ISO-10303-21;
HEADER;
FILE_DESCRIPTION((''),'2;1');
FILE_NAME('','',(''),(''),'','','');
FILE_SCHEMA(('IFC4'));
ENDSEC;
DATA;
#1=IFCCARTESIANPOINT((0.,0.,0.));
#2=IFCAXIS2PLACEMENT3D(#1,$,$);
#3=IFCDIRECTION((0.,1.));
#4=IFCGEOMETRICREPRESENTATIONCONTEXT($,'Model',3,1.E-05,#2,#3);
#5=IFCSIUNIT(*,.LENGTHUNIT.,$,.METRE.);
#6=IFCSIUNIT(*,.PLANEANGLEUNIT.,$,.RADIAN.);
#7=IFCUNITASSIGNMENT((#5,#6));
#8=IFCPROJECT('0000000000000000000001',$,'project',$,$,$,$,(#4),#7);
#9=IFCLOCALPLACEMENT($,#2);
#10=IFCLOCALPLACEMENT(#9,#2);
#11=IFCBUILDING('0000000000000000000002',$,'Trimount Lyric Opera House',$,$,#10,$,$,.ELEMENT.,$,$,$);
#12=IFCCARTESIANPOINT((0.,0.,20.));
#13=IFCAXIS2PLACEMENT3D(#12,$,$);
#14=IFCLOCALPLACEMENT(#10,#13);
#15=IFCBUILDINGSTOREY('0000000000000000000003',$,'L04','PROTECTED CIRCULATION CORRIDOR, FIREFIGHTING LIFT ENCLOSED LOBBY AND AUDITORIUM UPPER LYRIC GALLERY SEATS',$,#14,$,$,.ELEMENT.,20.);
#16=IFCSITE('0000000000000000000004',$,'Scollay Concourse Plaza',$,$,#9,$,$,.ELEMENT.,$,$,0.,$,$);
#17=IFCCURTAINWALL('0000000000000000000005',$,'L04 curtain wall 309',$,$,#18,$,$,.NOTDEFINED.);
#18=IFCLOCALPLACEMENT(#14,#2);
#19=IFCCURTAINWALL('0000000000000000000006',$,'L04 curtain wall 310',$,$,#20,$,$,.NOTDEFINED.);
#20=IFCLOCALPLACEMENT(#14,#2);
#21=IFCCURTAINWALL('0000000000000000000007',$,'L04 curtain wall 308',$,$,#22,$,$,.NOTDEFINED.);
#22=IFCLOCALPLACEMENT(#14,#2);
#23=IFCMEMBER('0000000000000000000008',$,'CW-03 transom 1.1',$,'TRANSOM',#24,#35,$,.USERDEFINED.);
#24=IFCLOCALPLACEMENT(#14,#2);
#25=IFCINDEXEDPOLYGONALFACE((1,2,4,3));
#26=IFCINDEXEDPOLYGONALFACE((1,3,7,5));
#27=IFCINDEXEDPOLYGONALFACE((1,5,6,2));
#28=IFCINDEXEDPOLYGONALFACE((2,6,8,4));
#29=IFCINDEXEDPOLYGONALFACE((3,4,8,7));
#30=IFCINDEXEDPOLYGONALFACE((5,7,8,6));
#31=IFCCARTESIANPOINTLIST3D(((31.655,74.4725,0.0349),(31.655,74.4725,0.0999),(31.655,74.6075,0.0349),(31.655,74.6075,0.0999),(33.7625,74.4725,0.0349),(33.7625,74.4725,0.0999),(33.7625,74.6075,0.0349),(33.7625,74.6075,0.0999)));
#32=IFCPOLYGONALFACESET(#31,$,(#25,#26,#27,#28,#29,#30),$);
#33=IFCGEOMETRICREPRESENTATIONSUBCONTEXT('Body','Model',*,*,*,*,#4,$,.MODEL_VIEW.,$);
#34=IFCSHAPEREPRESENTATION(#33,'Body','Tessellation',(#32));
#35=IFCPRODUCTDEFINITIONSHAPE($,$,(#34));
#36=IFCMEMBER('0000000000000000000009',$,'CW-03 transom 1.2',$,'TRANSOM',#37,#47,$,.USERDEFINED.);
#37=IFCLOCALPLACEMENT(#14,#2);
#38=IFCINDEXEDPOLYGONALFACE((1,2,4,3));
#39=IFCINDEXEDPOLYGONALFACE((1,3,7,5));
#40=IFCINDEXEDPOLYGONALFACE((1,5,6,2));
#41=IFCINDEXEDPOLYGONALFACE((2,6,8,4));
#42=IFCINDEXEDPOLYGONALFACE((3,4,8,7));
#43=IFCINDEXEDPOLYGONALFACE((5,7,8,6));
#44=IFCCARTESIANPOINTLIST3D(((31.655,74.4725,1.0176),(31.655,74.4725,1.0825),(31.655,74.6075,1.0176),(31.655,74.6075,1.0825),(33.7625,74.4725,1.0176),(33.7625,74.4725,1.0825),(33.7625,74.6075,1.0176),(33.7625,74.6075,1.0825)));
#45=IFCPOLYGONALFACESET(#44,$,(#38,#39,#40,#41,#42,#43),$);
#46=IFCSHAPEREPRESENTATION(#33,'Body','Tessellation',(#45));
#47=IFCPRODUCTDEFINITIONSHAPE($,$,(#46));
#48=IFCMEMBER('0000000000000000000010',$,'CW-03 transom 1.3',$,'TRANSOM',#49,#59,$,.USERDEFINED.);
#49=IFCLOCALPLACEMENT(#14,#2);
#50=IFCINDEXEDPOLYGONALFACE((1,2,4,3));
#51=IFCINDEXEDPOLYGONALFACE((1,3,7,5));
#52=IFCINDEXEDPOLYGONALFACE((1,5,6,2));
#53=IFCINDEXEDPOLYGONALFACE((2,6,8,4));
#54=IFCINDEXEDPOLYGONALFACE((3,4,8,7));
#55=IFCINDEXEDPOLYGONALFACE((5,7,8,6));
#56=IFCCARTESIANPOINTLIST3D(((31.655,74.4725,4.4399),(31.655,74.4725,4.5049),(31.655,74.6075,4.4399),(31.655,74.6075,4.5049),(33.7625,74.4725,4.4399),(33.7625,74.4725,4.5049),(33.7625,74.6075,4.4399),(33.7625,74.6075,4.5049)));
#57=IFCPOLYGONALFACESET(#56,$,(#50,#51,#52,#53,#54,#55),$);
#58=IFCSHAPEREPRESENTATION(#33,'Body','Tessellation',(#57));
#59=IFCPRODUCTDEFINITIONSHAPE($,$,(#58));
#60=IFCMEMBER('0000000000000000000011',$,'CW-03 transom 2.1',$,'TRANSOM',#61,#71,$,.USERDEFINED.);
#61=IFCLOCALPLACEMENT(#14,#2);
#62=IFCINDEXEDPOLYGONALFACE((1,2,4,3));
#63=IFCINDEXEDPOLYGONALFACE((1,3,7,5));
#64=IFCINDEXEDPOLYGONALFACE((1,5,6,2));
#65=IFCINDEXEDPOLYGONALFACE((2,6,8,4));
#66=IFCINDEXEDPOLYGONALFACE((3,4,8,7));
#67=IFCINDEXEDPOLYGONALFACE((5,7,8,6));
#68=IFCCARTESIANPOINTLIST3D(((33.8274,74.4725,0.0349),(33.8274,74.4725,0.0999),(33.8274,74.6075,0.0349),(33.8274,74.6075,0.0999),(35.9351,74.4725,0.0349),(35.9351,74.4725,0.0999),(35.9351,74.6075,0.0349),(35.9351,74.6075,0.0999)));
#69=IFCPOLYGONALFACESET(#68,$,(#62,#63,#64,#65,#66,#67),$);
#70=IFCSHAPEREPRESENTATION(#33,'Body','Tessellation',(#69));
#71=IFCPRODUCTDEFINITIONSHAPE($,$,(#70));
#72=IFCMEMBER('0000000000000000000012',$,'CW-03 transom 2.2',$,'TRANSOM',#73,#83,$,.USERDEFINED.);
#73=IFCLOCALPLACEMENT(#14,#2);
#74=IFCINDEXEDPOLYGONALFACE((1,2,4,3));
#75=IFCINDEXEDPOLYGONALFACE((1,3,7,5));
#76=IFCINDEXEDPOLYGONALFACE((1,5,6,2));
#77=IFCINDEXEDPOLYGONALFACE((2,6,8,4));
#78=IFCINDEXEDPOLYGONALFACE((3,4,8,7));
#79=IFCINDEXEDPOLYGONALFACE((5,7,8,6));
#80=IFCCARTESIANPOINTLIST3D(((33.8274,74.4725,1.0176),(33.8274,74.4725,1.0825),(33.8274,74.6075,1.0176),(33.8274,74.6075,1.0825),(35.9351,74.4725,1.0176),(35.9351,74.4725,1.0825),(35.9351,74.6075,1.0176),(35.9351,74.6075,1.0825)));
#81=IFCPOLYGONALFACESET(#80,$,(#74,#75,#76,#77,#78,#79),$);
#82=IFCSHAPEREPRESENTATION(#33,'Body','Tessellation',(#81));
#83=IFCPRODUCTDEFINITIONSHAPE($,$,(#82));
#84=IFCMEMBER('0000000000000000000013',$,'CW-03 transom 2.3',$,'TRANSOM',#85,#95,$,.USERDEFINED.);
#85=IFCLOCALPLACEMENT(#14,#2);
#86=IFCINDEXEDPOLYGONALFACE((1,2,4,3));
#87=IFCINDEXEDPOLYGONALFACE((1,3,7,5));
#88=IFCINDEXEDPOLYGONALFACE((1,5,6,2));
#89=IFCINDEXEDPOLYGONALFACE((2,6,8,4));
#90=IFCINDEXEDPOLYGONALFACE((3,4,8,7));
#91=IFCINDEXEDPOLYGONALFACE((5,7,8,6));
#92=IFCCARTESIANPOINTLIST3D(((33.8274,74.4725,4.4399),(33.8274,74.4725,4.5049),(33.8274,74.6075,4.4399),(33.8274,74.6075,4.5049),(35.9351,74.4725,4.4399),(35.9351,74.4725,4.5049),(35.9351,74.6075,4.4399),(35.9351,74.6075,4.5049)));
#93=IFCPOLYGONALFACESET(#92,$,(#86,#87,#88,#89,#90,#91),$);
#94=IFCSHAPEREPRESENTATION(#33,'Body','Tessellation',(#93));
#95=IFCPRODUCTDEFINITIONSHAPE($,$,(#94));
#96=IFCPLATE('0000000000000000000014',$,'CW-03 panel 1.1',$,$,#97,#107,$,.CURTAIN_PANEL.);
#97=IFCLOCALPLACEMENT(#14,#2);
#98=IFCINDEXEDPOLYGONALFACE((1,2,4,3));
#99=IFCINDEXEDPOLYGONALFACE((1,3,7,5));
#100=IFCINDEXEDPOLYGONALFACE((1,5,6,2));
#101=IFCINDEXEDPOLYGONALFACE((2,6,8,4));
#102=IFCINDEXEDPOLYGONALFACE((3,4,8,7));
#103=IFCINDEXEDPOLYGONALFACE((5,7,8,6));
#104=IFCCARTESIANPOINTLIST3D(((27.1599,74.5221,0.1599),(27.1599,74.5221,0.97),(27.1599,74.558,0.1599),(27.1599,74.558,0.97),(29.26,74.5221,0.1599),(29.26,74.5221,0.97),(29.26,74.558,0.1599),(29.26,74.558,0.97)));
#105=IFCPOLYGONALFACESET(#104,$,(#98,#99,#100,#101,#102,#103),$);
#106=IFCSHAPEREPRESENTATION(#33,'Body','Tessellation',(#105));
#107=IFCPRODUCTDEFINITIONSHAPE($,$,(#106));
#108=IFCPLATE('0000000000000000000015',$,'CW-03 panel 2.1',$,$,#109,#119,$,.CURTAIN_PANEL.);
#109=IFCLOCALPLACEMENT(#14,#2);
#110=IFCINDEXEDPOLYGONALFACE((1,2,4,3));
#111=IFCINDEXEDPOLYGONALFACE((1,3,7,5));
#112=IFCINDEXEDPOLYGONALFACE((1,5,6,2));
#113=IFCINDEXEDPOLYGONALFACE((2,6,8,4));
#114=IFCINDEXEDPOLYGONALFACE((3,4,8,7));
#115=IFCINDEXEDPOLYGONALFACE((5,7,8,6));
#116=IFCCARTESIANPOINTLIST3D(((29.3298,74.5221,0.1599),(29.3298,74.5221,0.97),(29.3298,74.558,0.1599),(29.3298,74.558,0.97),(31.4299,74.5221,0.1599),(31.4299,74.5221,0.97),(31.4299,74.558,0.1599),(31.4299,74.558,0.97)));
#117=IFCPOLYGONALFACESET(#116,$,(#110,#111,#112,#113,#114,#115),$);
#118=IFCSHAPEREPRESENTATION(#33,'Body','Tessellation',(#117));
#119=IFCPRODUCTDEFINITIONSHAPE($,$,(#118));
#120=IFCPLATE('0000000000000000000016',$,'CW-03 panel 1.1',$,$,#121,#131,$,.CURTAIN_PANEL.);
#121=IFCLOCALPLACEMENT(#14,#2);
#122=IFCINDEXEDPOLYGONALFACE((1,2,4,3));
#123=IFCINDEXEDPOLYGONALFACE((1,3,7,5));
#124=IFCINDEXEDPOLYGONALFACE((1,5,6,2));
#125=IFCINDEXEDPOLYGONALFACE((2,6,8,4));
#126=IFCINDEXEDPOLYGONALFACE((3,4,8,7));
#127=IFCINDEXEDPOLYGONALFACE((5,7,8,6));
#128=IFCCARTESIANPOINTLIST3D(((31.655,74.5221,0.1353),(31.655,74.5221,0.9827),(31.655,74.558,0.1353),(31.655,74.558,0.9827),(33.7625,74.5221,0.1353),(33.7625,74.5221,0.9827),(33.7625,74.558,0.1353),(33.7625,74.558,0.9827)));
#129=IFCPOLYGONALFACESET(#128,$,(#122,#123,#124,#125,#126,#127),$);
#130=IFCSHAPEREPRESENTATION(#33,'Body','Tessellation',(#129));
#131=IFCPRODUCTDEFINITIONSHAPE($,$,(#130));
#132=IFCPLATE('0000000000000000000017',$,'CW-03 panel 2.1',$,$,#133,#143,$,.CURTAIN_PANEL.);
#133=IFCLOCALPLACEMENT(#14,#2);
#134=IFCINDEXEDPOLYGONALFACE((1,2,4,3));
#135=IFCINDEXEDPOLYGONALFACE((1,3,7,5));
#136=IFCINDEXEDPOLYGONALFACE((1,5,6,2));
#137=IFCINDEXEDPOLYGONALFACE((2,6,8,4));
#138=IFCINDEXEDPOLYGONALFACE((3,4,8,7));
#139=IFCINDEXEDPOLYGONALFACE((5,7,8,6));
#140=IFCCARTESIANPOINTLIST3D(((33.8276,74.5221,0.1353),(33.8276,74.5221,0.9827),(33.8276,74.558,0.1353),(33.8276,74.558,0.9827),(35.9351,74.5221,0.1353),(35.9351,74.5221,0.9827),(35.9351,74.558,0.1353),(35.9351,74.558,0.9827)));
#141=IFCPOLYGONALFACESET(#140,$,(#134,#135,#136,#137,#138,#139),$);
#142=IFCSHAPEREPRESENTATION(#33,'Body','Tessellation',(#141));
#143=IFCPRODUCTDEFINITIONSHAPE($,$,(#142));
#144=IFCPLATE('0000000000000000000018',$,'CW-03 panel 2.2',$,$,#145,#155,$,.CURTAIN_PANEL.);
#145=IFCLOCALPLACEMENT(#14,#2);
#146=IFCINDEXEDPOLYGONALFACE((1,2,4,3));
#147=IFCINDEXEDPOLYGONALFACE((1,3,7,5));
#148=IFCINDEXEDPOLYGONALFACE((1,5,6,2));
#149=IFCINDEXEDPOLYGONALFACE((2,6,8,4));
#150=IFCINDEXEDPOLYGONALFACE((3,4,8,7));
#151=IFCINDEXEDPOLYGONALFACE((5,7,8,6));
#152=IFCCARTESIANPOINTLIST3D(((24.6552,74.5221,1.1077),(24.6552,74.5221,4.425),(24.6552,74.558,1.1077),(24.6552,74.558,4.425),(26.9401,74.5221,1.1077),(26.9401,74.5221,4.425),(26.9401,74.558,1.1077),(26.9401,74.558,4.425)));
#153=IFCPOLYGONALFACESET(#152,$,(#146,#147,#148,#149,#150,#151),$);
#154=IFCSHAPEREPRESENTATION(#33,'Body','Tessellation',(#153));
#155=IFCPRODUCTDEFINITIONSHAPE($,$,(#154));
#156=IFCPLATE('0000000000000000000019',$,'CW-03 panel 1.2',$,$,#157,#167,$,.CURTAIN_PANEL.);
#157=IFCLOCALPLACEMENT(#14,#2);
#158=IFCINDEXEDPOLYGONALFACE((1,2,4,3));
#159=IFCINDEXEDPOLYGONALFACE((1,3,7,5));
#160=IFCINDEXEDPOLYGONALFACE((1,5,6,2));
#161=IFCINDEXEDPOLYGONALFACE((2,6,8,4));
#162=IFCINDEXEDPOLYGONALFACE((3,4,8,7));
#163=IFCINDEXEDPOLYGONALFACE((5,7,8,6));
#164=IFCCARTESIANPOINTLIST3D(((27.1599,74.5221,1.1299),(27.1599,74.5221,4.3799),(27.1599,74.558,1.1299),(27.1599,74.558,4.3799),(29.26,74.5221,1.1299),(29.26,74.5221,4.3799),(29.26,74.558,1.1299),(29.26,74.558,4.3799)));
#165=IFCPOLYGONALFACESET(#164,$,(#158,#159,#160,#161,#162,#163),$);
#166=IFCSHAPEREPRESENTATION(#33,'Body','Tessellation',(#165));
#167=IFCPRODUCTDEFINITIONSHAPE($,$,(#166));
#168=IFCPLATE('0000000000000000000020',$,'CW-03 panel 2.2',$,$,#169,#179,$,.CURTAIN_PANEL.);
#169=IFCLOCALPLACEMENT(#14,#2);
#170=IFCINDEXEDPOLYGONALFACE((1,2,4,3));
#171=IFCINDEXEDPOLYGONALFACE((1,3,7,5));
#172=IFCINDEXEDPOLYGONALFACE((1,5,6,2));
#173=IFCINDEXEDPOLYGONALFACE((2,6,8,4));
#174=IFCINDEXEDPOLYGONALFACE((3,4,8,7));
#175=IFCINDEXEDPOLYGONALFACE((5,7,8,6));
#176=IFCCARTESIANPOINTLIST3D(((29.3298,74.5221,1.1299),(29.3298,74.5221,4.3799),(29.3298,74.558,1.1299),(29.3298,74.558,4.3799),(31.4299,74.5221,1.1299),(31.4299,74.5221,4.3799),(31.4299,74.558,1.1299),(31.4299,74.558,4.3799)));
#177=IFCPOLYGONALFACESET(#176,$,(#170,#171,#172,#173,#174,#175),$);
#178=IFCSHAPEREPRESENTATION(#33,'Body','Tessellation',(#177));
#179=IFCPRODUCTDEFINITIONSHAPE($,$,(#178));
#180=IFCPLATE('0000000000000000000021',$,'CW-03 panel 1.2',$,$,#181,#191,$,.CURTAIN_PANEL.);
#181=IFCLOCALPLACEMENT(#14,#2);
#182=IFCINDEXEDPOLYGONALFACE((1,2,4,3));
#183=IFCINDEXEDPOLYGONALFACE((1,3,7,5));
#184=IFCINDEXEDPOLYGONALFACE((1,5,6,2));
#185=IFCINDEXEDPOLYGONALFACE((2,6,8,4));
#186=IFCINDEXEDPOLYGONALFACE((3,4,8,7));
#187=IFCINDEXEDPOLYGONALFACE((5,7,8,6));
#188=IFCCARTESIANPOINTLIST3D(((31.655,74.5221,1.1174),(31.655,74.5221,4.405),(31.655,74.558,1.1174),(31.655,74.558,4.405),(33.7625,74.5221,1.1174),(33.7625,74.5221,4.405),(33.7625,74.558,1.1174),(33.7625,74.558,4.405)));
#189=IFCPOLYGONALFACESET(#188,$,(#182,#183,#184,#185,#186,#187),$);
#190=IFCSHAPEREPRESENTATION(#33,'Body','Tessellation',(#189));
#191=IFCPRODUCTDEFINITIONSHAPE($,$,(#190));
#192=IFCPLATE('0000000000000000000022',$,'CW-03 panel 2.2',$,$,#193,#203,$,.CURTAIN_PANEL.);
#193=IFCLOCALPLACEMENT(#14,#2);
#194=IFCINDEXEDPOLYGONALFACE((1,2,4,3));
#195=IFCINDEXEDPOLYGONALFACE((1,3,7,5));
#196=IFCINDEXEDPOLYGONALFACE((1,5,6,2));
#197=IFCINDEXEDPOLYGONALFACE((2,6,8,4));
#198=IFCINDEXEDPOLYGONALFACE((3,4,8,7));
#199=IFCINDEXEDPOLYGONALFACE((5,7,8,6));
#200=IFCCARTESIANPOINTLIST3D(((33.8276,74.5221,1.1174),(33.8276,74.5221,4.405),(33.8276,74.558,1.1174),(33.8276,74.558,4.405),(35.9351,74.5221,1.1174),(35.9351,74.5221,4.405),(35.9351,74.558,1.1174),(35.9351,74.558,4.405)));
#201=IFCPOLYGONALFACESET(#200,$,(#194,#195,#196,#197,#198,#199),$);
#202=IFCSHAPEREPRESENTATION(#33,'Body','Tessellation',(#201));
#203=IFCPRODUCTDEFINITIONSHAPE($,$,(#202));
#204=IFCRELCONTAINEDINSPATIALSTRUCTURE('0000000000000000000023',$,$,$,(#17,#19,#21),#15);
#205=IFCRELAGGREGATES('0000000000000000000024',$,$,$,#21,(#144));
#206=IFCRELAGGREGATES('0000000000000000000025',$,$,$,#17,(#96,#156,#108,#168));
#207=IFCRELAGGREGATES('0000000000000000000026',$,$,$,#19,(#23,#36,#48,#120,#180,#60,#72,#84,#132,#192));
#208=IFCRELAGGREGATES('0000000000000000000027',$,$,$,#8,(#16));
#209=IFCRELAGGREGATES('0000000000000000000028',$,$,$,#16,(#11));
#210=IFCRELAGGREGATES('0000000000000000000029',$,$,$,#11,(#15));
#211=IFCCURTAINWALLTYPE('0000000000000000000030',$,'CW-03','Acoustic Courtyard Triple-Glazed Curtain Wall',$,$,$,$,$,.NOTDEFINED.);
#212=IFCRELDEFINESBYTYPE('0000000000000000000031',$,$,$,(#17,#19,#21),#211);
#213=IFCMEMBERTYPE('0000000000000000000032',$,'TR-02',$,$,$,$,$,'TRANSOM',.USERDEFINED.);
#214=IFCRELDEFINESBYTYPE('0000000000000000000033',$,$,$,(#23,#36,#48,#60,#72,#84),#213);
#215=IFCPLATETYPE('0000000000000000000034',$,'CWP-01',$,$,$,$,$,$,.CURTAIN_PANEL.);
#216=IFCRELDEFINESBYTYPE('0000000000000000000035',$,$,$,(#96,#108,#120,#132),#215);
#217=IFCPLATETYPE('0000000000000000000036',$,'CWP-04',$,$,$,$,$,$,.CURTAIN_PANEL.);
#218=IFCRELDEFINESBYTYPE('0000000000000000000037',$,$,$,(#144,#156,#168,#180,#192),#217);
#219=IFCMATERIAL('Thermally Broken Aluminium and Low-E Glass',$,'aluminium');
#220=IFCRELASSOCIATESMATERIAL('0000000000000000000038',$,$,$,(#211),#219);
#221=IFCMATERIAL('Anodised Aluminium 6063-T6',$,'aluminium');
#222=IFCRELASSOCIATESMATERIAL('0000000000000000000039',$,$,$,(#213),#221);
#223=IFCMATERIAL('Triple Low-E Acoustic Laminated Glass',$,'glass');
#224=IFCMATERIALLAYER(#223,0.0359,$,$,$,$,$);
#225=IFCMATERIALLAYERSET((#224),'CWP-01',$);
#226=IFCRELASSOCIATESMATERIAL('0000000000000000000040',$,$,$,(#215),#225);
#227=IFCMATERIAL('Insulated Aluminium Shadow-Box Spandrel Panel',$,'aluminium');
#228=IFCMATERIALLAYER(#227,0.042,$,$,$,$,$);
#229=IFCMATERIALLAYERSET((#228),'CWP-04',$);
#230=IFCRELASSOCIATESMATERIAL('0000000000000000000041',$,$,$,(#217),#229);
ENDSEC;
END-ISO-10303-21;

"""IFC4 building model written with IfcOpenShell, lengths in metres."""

from ifc_helpers import new_model, si_unit, direction, frame, origin, origin_2d, place, context, subcontext, project, spatial, rectangle, extrude, material, layer, layer_set, material_profile, profile_set, type_object, element, aggregate, save


model = new_model("IFC4")

# Units and contexts
model_context = context("Model", 3, precision=1e-05, world=origin(), true_north=direction((0.0, 1.0)))
body_context = subcontext(model_context, "Body", "Model", "MODEL_VIEW")
ifc_project = project(units=[si_unit("LENGTHUNIT", "METRE"), si_unit("PLANEANGLEUNIT", "RADIAN")], contexts=[model_context])

# Site, building, storey
site_placement = place(None, origin())
site = spatial("IfcSite", under=ifc_project, at=site_placement, Name="Scollay Concourse Plaza", CompositionType="ELEMENT", RefElevation=0.0)
building_placement = place(site_placement, origin())
building = spatial("IfcBuilding", under=site, at=building_placement, Name="Trimount Lyric Opera House", CompositionType="ELEMENT")
storey_placement = place(building_placement, frame((0.0, 0.0, 20.0)))
storey = spatial("IfcBuildingStorey", under=building, at=storey_placement, Name="L04", Description="PROTECTED CIRCULATION CORRIDOR, FIREFIGHTING LIFT ENCLOSED LOBBY AND AUDITORIUM UPPER LYRIC GALLERY SEATS", CompositionType="ELEMENT", Elevation=20.0)

# Curtain walls
ifc_material_1 = material(Name="Thermally Broken Aluminium and Low-E Glass", Category="aluminium")
curtain_wall_type = type_object("IfcCurtainWallType", Name="CW-03", Description="Acoustic Courtyard Triple-Glazed Curtain Wall", PredefinedType="NOTDEFINED", material=ifc_material_1)
curtain_wall_1_placement = place(storey_placement, origin())
curtain_wall_1 = element("IfcCurtainWall", 1, at=curtain_wall_1_placement, inside=storey, type_object=curtain_wall_type, Name="L04 curtain wall 309", PredefinedType="NOTDEFINED")
curtain_wall_2_placement = place(storey_placement, origin())
curtain_wall_2 = element("IfcCurtainWall", 2, at=curtain_wall_2_placement, inside=storey, type_object=curtain_wall_type, Name="L04 curtain wall 310", PredefinedType="NOTDEFINED")

# Curtain wall
curtain_wall_3_placement = place(storey_placement, origin())
curtain_wall_3 = element("IfcCurtainWall", 3, at=curtain_wall_3_placement, inside=storey, type_object=curtain_wall_type, Name="L04 curtain wall 308", PredefinedType="NOTDEFINED")

# Members
ifc_material_2 = material(Name="Anodised Aluminium 6063-T6", Category="aluminium")
ifc_material_profile_1 = material_profile(ifc_material_2, rectangle(XDim=0.135, YDim=0.0649, at=origin_2d()), Name="ALU-TRAN-65X135")
ifc_profile_set_1 = profile_set([ifc_material_profile_1], Name="Anodised Aluminium 6063-T6")
member_type_1 = type_object("IfcMemberType", Name="TR-02", ElementType="TRANSOM", PredefinedType="USERDEFINED", material=ifc_profile_set_1)
member_1_placement = place(storey_placement, frame((31.655, 74.54, 0.0674), z_axis=(1.0, 0.0, 0.0), x_axis=(0.0, 1.0, 0.0)))
member_1 = element("IfcMember", 4, at=member_1_placement, type_object=member_type_1, Name="CW-03 transom 1.1", ObjectType="TRANSOM", PredefinedType="USERDEFINED", context=body_context, shape_type="SweptSolid", body=[
    extrude(rectangle(XDim=0.135, YDim=0.0649, at=origin_2d()), origin(), (0.0, 0.0, 1.0), 2.1074),
])
member_2_placement = place(storey_placement, frame((31.655, 74.54, 1.05), z_axis=(1.0, 0.0, 0.0), x_axis=(0.0, 1.0, 0.0)))
member_2 = element("IfcMember", 5, at=member_2_placement, type_object=member_type_1, Name="CW-03 transom 1.2", ObjectType="TRANSOM", PredefinedType="USERDEFINED", context=body_context, shape_type="SweptSolid", body=[
    extrude(rectangle(XDim=0.135, YDim=0.0649, at=origin_2d()), origin(), (0.0, 0.0, 1.0), 2.1074),
])
member_3_placement = place(storey_placement, frame((31.655, 74.54, 4.4724), z_axis=(1.0, 0.0, 0.0), x_axis=(0.0, 1.0, 0.0)))
member_3 = element("IfcMember", 6, at=member_3_placement, type_object=member_type_1, Name="CW-03 transom 1.3", ObjectType="TRANSOM", PredefinedType="USERDEFINED", context=body_context, shape_type="SweptSolid", body=[
    extrude(rectangle(XDim=0.135, YDim=0.0649, at=origin_2d()), origin(), (0.0, 0.0, 1.0), 2.1074),
])
member_4_placement = place(storey_placement, frame((33.8274, 74.54, 0.0674), z_axis=(1.0, 0.0, 0.0), x_axis=(0.0, 1.0, 0.0)))
member_4 = element("IfcMember", 7, at=member_4_placement, type_object=member_type_1, Name="CW-03 transom 2.1", ObjectType="TRANSOM", PredefinedType="USERDEFINED", context=body_context, shape_type="SweptSolid", body=[
    extrude(rectangle(XDim=0.135, YDim=0.0649, at=origin_2d()), origin(), (0.0, 0.0, 1.0), 2.1077),
])
member_5_placement = place(storey_placement, frame((33.8274, 74.54, 1.05), z_axis=(1.0, 0.0, 0.0), x_axis=(0.0, 1.0, 0.0)))
member_5 = element("IfcMember", 8, at=member_5_placement, type_object=member_type_1, Name="CW-03 transom 2.2", ObjectType="TRANSOM", PredefinedType="USERDEFINED", context=body_context, shape_type="SweptSolid", body=[
    extrude(rectangle(XDim=0.135, YDim=0.0649, at=origin_2d()), origin(), (0.0, 0.0, 1.0), 2.1077),
])
member_6_placement = place(storey_placement, frame((33.8274, 74.54, 4.4724), z_axis=(1.0, 0.0, 0.0), x_axis=(0.0, 1.0, 0.0)))
member_6 = element("IfcMember", 9, at=member_6_placement, type_object=member_type_1, Name="CW-03 transom 2.3", ObjectType="TRANSOM", PredefinedType="USERDEFINED", context=body_context, shape_type="SweptSolid", body=[
    extrude(rectangle(XDim=0.135, YDim=0.0649, at=origin_2d()), origin(), (0.0, 0.0, 1.0), 2.1077),
])

# Plates
ifc_material_3 = material(Name="Triple Low-E Acoustic Laminated Glass", Category="glass")
ifc_layer_1 = layer(ifc_material_3, 0.0359)
ifc_layer_set_1 = layer_set([ifc_layer_1], Name="CWP-01")
plate_type_1 = type_object("IfcPlateType", Name="CWP-01", PredefinedType="CURTAIN_PANEL", material=ifc_layer_set_1)
plate_1_placement = place(storey_placement, frame((28.21, 74.54, 0.1599), z_axis=(0.0, 0.0, 1.0), x_axis=(1.0, 0.0, 0.0)))
plate_1 = element("IfcPlate", 10, at=plate_1_placement, type_object=plate_type_1, Name="CW-03 panel 1.1", PredefinedType="CURTAIN_PANEL", context=body_context, shape_type="SweptSolid", body=[
    extrude(rectangle(XDim=2.1001, YDim=0.0359, at=origin_2d()), origin(), (0.0, 0.0, 1.0), 0.8101),
])
plate_2_placement = place(storey_placement, frame((30.3799, 74.54, 0.1599), z_axis=(0.0, 0.0, 1.0), x_axis=(1.0, 0.0, 0.0)))
plate_2 = element("IfcPlate", 11, at=plate_2_placement, type_object=plate_type_1, Name="CW-03 panel 2.1", PredefinedType="CURTAIN_PANEL", context=body_context, shape_type="SweptSolid", body=[
    extrude(rectangle(XDim=2.1001, YDim=0.0359, at=origin_2d()), origin(), (0.0, 0.0, 1.0), 0.8101),
])
plate_3_placement = place(storey_placement, frame((32.7087, 74.54, 0.1353), z_axis=(0.0, 0.0, 1.0), x_axis=(1.0, 0.0, 0.0)))
plate_3 = element("IfcPlate", 12, at=plate_3_placement, type_object=plate_type_1, Name="CW-03 panel 1.1", PredefinedType="CURTAIN_PANEL", context=body_context, shape_type="SweptSolid", body=[
    extrude(rectangle(XDim=2.1074, YDim=0.0359, at=origin_2d()), origin(), (0.0, 0.0, 1.0), 0.8474),
])
plate_4_placement = place(storey_placement, frame((34.8813, 74.54, 0.1353), z_axis=(0.0, 0.0, 1.0), x_axis=(1.0, 0.0, 0.0)))
plate_4 = element("IfcPlate", 13, at=plate_4_placement, type_object=plate_type_1, Name="CW-03 panel 2.1", PredefinedType="CURTAIN_PANEL", context=body_context, shape_type="SweptSolid", body=[
    extrude(rectangle(XDim=2.1074, YDim=0.0359, at=origin_2d()), origin(), (0.0, 0.0, 1.0), 0.8474),
])
ifc_material_4 = material(Name="Insulated Aluminium Shadow-Box Spandrel Panel", Category="aluminium")
ifc_layer_2 = layer(ifc_material_4, 0.042)
ifc_layer_set_2 = layer_set([ifc_layer_2], Name="CWP-04")
plate_type_2 = type_object("IfcPlateType", Name="CWP-04", PredefinedType="CURTAIN_PANEL", material=ifc_layer_set_2)
plate_5_placement = place(storey_placement, frame((25.7976, 74.54, 1.1077), z_axis=(0.0, 0.0, 1.0), x_axis=(1.0, 0.0, 0.0)))
plate_5 = element("IfcPlate", 14, at=plate_5_placement, type_object=plate_type_2, Name="CW-03 panel 2.2", PredefinedType="CURTAIN_PANEL", context=body_context, shape_type="SweptSolid", body=[
    extrude(rectangle(XDim=2.2849, YDim=0.0359, at=origin_2d()), origin(), (0.0, 0.0, 1.0), 3.3174),
])
aggregate(curtain_wall_3, [plate_5])
plate_6_placement = place(storey_placement, frame((28.21, 74.54, 1.1299), z_axis=(0.0, 0.0, 1.0), x_axis=(1.0, 0.0, 0.0)))
plate_6 = element("IfcPlate", 15, at=plate_6_placement, type_object=plate_type_2, Name="CW-03 panel 1.2", PredefinedType="CURTAIN_PANEL", context=body_context, shape_type="SweptSolid", body=[
    extrude(rectangle(XDim=2.1001, YDim=0.0359, at=origin_2d()), origin(), (0.0, 0.0, 1.0), 3.25),
])
plate_7_placement = place(storey_placement, frame((30.3799, 74.54, 1.1299), z_axis=(0.0, 0.0, 1.0), x_axis=(1.0, 0.0, 0.0)))
plate_7 = element("IfcPlate", 16, at=plate_7_placement, type_object=plate_type_2, Name="CW-03 panel 2.2", PredefinedType="CURTAIN_PANEL", context=body_context, shape_type="SweptSolid", body=[
    extrude(rectangle(XDim=2.1001, YDim=0.0359, at=origin_2d()), origin(), (0.0, 0.0, 1.0), 3.25),
])
aggregate(curtain_wall_1, [plate_1, plate_6, plate_2, plate_7])
plate_8_placement = place(storey_placement, frame((32.7087, 74.54, 1.1174), z_axis=(0.0, 0.0, 1.0), x_axis=(1.0, 0.0, 0.0)))
plate_8 = element("IfcPlate", 17, at=plate_8_placement, type_object=plate_type_2, Name="CW-03 panel 1.2", PredefinedType="CURTAIN_PANEL", context=body_context, shape_type="SweptSolid", body=[
    extrude(rectangle(XDim=2.1074, YDim=0.0359, at=origin_2d()), origin(), (0.0, 0.0, 1.0), 3.2876),
])
plate_9_placement = place(storey_placement, frame((34.8813, 74.54, 1.1174), z_axis=(0.0, 0.0, 1.0), x_axis=(1.0, 0.0, 0.0)))
plate_9 = element("IfcPlate", 18, at=plate_9_placement, type_object=plate_type_2, Name="CW-03 panel 2.2", PredefinedType="CURTAIN_PANEL", context=body_context, shape_type="SweptSolid", body=[
    extrude(rectangle(XDim=2.1074, YDim=0.0359, at=origin_2d()), origin(), (0.0, 0.0, 1.0), 3.2876),
])
aggregate(curtain_wall_2, [member_1, member_2, member_3, plate_3, plate_8, member_4, member_5, member_6, plate_4, plate_9])

save(model, "model.ifc")
